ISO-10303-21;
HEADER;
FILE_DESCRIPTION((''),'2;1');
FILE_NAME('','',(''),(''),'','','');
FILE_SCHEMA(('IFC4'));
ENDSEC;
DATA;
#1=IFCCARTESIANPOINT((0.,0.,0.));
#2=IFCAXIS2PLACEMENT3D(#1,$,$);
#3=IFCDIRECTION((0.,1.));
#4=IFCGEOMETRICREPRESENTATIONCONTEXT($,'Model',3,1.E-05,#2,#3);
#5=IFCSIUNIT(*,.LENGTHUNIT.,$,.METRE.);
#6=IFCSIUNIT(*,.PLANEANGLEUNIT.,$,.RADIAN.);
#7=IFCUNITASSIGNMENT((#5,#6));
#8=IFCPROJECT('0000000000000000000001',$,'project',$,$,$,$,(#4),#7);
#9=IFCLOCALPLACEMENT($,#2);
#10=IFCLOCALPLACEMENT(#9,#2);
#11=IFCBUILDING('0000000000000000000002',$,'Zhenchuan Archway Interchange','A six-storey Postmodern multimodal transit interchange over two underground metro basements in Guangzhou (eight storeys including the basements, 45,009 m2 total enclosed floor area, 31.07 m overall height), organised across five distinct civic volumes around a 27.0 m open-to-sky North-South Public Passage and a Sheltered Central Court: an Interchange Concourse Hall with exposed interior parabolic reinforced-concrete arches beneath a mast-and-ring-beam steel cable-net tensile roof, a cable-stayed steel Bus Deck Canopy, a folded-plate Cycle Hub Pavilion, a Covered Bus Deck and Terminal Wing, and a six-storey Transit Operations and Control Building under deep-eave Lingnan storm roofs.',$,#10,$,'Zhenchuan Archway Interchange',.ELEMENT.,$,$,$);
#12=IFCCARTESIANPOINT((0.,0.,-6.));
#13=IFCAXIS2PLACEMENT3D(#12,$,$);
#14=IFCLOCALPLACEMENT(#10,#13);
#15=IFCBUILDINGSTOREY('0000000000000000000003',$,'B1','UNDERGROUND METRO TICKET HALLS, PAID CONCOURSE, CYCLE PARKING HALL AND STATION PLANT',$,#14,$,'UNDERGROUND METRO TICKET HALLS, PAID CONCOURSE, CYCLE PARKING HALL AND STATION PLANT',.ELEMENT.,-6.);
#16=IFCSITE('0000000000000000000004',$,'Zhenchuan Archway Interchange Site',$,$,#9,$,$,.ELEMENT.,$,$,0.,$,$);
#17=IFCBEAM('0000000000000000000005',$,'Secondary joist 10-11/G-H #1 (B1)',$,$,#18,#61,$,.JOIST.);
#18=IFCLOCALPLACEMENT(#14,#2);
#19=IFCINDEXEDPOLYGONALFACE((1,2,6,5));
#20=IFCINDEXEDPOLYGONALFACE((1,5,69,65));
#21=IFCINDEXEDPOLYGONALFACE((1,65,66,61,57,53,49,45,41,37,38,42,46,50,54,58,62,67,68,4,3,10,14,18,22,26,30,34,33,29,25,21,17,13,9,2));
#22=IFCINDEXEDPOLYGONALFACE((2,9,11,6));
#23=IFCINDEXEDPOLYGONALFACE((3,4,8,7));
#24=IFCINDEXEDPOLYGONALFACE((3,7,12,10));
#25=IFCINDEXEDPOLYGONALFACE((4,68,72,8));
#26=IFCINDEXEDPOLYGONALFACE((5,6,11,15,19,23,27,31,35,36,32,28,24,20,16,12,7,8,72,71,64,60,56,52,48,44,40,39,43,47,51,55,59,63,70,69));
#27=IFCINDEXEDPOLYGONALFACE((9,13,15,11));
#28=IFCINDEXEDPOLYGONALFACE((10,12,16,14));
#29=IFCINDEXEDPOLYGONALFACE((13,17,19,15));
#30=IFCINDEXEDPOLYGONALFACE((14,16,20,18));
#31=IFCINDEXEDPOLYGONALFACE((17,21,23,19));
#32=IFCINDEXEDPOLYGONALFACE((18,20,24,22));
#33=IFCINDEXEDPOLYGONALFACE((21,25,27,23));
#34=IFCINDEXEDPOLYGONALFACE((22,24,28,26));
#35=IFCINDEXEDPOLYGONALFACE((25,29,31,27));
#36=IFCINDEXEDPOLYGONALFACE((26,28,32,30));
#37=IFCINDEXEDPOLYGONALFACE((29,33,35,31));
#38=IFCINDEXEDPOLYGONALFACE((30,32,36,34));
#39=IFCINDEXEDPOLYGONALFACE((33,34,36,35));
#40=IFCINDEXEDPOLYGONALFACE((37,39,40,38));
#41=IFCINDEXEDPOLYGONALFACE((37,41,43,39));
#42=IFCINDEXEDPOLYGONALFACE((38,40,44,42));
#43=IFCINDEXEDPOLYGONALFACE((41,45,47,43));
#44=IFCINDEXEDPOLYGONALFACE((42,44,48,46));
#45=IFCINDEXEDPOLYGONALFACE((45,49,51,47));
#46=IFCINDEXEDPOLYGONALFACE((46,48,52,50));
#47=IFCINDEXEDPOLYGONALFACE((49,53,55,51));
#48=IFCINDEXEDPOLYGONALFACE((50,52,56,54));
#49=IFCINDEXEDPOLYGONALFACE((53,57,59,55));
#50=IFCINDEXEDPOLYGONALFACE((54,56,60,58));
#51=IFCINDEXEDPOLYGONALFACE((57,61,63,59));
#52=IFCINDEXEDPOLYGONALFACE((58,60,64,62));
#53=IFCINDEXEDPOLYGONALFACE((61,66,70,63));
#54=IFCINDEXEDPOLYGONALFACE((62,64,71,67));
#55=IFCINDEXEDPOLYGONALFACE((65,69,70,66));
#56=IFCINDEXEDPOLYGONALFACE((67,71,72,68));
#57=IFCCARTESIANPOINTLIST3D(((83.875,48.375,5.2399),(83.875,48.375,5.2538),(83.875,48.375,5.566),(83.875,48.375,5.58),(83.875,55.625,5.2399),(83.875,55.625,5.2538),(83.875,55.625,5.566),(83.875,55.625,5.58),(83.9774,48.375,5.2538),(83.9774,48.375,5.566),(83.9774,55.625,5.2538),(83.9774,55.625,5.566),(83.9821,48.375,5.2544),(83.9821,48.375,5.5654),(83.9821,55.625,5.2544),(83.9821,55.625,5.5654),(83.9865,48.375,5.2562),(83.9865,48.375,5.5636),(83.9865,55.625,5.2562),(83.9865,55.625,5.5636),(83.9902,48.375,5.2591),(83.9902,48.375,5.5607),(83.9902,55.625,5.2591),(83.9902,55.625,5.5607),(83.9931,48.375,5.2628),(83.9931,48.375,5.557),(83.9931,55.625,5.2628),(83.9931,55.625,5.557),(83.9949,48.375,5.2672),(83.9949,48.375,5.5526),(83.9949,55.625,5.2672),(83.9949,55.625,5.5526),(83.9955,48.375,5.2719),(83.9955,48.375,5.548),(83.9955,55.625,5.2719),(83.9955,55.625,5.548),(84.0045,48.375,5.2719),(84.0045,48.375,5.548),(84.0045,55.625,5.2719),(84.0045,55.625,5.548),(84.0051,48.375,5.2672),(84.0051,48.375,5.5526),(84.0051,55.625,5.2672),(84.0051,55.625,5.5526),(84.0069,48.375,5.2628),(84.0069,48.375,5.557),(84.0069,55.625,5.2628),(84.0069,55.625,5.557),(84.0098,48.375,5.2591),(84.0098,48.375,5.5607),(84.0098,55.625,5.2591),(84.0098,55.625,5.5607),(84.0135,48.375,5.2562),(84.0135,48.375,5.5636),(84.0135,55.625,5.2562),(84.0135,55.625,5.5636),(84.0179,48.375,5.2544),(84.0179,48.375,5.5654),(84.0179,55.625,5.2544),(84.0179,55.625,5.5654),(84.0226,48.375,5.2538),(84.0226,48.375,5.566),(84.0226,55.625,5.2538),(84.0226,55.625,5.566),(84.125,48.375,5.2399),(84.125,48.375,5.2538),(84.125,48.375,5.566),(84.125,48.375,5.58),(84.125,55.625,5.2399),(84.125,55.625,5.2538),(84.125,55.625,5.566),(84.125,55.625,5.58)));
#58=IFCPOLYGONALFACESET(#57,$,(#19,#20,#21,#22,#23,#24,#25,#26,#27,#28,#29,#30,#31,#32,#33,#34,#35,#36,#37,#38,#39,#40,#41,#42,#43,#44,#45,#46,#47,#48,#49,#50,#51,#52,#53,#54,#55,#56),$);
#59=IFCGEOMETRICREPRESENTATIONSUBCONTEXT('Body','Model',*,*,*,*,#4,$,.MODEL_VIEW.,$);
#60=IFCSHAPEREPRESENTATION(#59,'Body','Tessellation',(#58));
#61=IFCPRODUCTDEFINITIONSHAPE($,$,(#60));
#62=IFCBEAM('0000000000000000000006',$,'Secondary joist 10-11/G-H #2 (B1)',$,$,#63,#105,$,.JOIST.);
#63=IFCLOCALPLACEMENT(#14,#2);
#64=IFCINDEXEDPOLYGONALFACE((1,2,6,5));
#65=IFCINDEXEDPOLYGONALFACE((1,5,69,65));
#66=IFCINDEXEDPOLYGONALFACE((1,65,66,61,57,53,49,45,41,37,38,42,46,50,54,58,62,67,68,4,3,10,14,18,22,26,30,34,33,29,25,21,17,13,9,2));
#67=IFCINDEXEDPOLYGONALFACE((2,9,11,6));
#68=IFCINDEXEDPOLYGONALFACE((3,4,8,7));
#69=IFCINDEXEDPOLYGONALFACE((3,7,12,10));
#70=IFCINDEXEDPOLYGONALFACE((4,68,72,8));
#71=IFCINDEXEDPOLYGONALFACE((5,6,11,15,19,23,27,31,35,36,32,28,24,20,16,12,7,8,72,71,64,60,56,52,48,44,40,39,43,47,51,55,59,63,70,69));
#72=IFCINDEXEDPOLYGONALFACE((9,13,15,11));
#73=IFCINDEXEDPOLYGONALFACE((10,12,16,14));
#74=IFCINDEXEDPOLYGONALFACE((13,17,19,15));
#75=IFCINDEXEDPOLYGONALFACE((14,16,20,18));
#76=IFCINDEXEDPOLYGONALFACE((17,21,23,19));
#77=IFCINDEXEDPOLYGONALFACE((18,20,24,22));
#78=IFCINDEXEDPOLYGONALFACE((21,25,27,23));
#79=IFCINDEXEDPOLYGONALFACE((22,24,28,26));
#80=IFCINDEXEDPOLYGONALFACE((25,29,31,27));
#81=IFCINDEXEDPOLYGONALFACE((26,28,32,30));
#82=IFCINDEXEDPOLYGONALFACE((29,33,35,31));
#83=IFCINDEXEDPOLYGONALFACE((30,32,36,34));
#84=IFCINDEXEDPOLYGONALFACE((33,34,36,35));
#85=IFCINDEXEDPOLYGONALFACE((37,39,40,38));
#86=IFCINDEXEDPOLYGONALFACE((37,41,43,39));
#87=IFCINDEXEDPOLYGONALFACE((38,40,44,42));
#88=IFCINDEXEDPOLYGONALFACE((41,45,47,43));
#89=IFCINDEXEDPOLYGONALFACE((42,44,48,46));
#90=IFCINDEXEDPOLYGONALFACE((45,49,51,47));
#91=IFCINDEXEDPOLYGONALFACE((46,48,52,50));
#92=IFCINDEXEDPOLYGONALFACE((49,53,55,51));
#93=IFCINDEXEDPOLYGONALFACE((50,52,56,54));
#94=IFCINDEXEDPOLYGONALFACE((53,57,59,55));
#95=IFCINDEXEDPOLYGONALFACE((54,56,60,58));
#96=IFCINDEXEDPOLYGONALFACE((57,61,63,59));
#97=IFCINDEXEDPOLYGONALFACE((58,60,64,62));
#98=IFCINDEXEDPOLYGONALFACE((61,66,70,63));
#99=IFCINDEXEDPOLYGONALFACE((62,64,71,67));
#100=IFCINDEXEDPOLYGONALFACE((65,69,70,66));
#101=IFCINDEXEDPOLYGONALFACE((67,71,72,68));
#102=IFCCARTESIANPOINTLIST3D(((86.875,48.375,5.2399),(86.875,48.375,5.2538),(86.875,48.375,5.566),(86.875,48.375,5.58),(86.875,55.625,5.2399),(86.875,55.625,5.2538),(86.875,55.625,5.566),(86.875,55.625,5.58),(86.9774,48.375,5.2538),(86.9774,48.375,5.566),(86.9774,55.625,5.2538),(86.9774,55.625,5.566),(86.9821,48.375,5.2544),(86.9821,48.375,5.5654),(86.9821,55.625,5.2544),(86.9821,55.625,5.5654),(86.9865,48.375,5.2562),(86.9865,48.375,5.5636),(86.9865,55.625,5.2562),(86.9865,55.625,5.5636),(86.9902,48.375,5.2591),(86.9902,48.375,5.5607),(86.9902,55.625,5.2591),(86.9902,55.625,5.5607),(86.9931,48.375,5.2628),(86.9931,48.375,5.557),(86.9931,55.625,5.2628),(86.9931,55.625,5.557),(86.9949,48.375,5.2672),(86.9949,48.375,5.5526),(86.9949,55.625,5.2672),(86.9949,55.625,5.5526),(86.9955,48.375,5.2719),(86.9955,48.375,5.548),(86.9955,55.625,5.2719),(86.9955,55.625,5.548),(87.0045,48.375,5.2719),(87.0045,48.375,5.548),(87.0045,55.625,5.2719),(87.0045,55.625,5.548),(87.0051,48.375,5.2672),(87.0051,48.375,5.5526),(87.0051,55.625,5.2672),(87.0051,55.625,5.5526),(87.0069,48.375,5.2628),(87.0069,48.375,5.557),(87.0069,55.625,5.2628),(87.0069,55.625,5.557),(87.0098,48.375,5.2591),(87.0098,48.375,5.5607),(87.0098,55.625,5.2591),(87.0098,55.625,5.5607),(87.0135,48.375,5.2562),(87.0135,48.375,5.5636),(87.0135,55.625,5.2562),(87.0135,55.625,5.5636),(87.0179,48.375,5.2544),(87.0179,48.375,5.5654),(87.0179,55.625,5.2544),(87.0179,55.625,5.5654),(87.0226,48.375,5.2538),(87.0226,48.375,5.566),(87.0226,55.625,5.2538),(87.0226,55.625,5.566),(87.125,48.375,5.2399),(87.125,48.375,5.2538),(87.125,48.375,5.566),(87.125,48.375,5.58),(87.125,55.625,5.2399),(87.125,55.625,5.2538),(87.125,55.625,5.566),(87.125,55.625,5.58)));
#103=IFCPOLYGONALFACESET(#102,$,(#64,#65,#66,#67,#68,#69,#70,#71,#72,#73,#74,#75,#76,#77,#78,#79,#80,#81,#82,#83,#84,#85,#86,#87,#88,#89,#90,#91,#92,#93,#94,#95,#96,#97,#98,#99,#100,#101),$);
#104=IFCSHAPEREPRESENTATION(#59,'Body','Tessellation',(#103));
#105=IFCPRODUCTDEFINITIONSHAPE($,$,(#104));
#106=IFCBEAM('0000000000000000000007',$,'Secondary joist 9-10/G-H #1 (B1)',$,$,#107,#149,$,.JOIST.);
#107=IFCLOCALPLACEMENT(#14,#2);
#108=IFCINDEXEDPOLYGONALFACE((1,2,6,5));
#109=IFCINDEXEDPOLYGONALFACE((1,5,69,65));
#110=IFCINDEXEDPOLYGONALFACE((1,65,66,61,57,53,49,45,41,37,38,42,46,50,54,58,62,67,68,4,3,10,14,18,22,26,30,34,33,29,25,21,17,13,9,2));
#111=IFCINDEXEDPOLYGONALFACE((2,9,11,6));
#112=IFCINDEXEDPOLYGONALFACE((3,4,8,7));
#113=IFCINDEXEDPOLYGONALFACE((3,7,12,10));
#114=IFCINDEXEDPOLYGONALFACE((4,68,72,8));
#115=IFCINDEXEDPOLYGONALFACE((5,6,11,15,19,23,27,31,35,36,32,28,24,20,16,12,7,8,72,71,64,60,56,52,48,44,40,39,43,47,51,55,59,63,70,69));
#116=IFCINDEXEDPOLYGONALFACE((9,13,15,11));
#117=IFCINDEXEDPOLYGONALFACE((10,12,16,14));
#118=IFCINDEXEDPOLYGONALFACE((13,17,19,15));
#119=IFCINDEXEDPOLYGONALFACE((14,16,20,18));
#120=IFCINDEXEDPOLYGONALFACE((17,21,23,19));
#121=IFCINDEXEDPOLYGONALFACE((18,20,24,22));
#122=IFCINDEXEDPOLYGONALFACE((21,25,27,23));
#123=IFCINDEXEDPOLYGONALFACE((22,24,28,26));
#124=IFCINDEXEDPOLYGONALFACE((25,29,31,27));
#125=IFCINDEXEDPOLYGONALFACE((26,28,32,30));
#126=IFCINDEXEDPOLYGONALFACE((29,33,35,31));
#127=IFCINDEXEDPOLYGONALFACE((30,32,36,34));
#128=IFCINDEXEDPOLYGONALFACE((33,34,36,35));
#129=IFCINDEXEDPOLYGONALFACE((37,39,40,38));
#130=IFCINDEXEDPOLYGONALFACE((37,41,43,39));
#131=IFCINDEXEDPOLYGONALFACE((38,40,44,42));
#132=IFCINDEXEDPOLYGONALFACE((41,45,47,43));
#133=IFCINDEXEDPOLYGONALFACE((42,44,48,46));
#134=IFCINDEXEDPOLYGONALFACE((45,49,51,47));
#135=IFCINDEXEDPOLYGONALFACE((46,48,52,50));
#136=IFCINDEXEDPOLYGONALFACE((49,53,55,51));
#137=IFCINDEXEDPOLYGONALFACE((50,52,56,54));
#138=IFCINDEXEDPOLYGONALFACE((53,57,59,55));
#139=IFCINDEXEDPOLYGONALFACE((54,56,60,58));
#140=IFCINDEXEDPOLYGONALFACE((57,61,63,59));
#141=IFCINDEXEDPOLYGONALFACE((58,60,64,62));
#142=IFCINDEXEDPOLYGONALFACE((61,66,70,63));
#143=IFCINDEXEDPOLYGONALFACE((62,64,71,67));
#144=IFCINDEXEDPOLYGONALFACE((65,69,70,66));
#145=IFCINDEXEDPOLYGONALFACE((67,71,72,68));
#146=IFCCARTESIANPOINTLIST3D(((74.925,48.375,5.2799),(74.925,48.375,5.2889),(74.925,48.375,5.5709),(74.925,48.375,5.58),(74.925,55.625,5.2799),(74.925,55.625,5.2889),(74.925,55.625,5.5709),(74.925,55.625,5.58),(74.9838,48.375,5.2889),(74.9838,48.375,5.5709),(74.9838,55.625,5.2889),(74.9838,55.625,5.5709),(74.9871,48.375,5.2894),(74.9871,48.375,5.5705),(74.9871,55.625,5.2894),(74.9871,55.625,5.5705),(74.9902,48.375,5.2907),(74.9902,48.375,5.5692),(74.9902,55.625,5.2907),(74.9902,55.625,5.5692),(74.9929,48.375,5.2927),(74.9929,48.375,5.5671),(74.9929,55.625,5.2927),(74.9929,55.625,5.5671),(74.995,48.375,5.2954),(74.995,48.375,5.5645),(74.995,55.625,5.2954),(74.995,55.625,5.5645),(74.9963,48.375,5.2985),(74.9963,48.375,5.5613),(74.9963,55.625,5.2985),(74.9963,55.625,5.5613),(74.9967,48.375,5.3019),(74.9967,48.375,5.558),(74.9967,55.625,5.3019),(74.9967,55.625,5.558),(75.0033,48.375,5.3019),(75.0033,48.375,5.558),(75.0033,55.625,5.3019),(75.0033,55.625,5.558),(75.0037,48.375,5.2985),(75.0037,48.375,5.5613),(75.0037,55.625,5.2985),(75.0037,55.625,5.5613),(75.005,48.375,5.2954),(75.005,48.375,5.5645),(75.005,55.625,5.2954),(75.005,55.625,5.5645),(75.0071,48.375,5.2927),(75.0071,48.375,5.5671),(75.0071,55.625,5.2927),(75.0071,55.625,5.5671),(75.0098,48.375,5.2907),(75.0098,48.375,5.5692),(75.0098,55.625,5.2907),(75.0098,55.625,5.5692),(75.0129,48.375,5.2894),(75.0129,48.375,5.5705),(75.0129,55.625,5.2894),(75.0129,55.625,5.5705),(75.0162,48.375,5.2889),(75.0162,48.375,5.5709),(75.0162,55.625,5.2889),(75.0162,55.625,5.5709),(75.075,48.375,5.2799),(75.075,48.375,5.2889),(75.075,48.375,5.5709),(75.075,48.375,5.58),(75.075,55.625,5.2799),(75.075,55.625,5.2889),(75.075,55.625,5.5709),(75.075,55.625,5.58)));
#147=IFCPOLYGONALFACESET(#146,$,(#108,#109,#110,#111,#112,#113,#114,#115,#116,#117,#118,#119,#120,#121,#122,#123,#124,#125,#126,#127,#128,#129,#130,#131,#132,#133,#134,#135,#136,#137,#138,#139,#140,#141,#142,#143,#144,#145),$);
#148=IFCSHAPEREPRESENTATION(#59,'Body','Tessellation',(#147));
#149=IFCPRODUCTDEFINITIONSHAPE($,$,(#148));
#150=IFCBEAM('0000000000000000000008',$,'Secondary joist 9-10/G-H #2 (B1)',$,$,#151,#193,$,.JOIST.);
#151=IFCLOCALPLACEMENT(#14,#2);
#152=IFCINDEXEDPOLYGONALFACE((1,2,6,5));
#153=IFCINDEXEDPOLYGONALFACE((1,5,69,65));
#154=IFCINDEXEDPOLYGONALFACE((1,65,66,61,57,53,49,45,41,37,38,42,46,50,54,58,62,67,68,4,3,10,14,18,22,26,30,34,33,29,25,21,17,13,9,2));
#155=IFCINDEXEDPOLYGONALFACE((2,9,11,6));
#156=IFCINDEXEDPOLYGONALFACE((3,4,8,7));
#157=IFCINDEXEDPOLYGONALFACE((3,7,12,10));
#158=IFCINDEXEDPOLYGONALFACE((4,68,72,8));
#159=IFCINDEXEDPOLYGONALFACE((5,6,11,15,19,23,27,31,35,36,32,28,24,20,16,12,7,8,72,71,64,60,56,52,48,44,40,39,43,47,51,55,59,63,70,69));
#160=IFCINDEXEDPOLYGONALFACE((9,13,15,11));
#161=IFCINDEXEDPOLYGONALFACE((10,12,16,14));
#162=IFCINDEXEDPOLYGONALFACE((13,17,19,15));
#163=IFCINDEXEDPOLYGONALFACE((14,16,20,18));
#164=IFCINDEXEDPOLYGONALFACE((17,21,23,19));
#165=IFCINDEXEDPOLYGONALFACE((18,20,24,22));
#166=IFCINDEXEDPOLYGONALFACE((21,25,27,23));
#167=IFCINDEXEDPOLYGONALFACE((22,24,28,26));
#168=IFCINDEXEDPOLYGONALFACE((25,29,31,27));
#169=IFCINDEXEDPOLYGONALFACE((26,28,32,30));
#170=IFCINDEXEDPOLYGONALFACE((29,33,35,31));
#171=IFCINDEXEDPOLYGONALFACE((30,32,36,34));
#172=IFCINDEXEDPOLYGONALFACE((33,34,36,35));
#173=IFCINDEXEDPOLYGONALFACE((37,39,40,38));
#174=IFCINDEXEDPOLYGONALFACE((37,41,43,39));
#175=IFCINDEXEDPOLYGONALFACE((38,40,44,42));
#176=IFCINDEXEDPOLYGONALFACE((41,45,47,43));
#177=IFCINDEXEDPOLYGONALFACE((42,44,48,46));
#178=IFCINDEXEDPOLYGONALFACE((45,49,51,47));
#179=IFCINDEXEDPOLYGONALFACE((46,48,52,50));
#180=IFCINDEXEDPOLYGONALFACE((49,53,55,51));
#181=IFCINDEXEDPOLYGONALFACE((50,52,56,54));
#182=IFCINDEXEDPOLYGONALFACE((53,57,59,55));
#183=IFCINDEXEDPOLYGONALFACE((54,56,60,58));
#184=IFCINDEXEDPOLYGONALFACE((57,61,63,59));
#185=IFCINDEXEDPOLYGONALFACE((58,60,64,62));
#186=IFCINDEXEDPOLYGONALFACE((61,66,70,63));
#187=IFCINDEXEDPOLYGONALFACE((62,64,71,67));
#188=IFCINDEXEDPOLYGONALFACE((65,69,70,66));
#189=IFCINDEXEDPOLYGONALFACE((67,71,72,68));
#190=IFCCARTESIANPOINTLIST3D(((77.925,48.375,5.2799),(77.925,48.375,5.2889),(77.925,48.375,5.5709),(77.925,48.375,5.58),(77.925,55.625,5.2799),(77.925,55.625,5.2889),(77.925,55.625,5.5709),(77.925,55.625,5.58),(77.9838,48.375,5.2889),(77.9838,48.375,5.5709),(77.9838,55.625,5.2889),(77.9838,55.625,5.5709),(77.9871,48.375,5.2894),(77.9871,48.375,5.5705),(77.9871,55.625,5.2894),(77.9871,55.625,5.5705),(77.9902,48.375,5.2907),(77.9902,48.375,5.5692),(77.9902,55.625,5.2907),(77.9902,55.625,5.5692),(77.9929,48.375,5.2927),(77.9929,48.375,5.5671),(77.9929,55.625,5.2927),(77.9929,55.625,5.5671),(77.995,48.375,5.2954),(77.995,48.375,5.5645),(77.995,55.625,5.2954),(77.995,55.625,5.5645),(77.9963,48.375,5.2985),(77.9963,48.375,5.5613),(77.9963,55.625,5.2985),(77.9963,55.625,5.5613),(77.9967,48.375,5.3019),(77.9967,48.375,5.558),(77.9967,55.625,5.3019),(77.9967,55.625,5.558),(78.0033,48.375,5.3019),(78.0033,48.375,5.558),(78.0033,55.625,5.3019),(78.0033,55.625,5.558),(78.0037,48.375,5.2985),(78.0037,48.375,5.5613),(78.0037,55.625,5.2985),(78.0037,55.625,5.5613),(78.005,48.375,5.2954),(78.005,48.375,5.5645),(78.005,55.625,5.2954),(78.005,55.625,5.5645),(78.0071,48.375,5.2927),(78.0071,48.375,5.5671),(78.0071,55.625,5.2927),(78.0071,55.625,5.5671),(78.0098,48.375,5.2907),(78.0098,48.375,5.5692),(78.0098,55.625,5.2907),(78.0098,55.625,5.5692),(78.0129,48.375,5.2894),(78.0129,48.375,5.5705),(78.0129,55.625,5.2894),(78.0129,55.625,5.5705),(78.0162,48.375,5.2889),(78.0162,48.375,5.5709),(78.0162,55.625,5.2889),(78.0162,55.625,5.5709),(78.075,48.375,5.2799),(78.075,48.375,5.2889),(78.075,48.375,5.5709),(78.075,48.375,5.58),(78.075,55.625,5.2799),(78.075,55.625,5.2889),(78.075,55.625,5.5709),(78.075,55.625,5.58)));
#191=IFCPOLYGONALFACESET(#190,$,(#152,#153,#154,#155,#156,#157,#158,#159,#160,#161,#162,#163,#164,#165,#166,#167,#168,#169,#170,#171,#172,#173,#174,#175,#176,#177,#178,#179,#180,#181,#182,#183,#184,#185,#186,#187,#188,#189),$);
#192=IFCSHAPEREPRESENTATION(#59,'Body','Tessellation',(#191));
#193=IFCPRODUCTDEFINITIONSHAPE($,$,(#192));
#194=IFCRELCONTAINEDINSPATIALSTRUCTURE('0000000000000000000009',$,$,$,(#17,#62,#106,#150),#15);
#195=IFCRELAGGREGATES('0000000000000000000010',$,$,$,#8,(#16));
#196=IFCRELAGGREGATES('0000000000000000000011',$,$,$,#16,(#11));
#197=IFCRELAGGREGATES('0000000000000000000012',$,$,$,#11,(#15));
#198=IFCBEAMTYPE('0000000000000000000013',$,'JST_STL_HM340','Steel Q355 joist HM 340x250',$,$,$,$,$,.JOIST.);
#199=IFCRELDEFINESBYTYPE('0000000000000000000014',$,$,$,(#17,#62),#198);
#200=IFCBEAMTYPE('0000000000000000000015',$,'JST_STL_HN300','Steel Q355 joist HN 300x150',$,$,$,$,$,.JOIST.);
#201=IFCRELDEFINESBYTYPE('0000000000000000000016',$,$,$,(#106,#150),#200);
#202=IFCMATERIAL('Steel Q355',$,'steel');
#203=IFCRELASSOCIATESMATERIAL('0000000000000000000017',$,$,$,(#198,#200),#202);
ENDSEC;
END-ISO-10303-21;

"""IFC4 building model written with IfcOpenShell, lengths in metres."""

from ifc_helpers import new_model, si_unit, direction, frame, origin, origin_2d, place, context, subcontext, project, spatial, i_section, extrude, material, material_profile, profile_set, type_object, element, save


model = new_model("IFC4")

# Units and contexts
model_context = context("Model", 3, precision=1e-05, world=origin(), true_north=direction((0.0, 1.0)))
body_context = subcontext(model_context, "Body", "Model", "MODEL_VIEW")
ifc_project = project(units=[si_unit("LENGTHUNIT", "METRE"), si_unit("PLANEANGLEUNIT", "RADIAN")], contexts=[model_context])

# Site, building, storey
site_placement = place(None, origin())
site = spatial("IfcSite", under=ifc_project, at=site_placement, Name="Zhenchuan Archway Interchange Site", CompositionType="ELEMENT", RefElevation=0.0)
building_placement = place(site_placement, origin())
building = spatial("IfcBuilding", under=site, at=building_placement, Name="Zhenchuan Archway Interchange", Description="A six-storey Postmodern multimodal transit interchange over two underground metro basements in Guangzhou (eight storeys including the basements, 45,009 m2 total enclosed floor area, 31.07 m overall height), organised across five distinct civic volumes around a 27.0 m open-to-sky North-South Public Passage and a Sheltered Central Court: an Interchange Concourse Hall with exposed interior parabolic reinforced-concrete arches beneath a mast-and-ring-beam steel cable-net tensile roof, a cable-stayed steel Bus Deck Canopy, a folded-plate Cycle Hub Pavilion, a Covered Bus Deck and Terminal Wing, and a six-storey Transit Operations and Control Building under deep-eave Lingnan storm roofs.", LongName="Zhenchuan Archway Interchange", CompositionType="ELEMENT")
storey_placement = place(building_placement, frame((0.0, 0.0, -6.0)))
storey = spatial("IfcBuildingStorey", under=building, at=storey_placement, Name="B1", Description="UNDERGROUND METRO TICKET HALLS, PAID CONCOURSE, CYCLE PARKING HALL AND STATION PLANT", LongName="UNDERGROUND METRO TICKET HALLS, PAID CONCOURSE, CYCLE PARKING HALL AND STATION PLANT", CompositionType="ELEMENT", Elevation=-6.0)

# Beams
ifc_material_1 = material(Name="Steel Q355", Category="steel")
ifc_material_profile_1 = material_profile(ifc_material_1, i_section(OverallWidth=0.25, OverallDepth=0.3401, WebThickness=0.009, FlangeThickness=0.0139, FilletRadius=0.0181, at=origin_2d()), Name="HM 340x250")
ifc_profile_set_1 = profile_set([ifc_material_profile_1], Name="Steel Q355")
beam_type_1 = type_object("IfcBeamType", Name="JST_STL_HM340", Description="Steel Q355 joist HM 340x250", PredefinedType="JOIST", material=ifc_profile_set_1)
for number, where, z_axis, x_axis, name in (
    (1, (84.0, 48.375, 5.4099), (0.0, 1.0, 0.0), (-1.0, 0.0, 0.0), "Secondary joist 10-11/G-H #1 (B1)"),
    (2, (87.0, 48.375, 5.4099), (0.0, 1.0, 0.0), (-1.0, 0.0, 0.0), "Secondary joist 10-11/G-H #2 (B1)"),
):
    element("IfcBeam", number, at=place(storey_placement, frame(where, z_axis=z_axis, x_axis=x_axis)), inside=storey, type_object=beam_type_1, Name=name, PredefinedType="JOIST", context=body_context, shape_type="SweptSolid", body=[
        extrude(i_section(OverallWidth=0.25, OverallDepth=0.3401, WebThickness=0.009, FlangeThickness=0.0139, FilletRadius=0.0181, at=origin_2d()), origin(), (0.0, 0.0, 1.0), 7.25),
    ])
ifc_material_profile_2 = material_profile(ifc_material_1, i_section(OverallWidth=0.1499, OverallDepth=0.3, WebThickness=0.0066, FlangeThickness=0.009, FilletRadius=0.0129, at=origin_2d()), Name="HN 300x150")
ifc_profile_set_2 = profile_set([ifc_material_profile_2], Name="Steel Q355")
beam_type_2 = type_object("IfcBeamType", Name="JST_STL_HN300", Description="Steel Q355 joist HN 300x150", PredefinedType="JOIST", material=ifc_profile_set_2)
for number, where, z_axis, x_axis, name in (
    (3, (75.0, 48.375, 5.4299), (0.0, 1.0, 0.0), (-1.0, 0.0, 0.0), "Secondary joist 9-10/G-H #1 (B1)"),
    (4, (78.0, 48.375, 5.4299), (0.0, 1.0, 0.0), (-1.0, 0.0, 0.0), "Secondary joist 9-10/G-H #2 (B1)"),
):
    element("IfcBeam", number, at=place(storey_placement, frame(where, z_axis=z_axis, x_axis=x_axis)), inside=storey, type_object=beam_type_2, Name=name, PredefinedType="JOIST", context=body_context, shape_type="SweptSolid", body=[
        extrude(i_section(OverallWidth=0.1499, OverallDepth=0.3, WebThickness=0.0066, FlangeThickness=0.009, FilletRadius=0.0129, at=origin_2d()), origin(), (0.0, 0.0, 1.0), 7.25),
    ])

save(model, "model.ifc")
